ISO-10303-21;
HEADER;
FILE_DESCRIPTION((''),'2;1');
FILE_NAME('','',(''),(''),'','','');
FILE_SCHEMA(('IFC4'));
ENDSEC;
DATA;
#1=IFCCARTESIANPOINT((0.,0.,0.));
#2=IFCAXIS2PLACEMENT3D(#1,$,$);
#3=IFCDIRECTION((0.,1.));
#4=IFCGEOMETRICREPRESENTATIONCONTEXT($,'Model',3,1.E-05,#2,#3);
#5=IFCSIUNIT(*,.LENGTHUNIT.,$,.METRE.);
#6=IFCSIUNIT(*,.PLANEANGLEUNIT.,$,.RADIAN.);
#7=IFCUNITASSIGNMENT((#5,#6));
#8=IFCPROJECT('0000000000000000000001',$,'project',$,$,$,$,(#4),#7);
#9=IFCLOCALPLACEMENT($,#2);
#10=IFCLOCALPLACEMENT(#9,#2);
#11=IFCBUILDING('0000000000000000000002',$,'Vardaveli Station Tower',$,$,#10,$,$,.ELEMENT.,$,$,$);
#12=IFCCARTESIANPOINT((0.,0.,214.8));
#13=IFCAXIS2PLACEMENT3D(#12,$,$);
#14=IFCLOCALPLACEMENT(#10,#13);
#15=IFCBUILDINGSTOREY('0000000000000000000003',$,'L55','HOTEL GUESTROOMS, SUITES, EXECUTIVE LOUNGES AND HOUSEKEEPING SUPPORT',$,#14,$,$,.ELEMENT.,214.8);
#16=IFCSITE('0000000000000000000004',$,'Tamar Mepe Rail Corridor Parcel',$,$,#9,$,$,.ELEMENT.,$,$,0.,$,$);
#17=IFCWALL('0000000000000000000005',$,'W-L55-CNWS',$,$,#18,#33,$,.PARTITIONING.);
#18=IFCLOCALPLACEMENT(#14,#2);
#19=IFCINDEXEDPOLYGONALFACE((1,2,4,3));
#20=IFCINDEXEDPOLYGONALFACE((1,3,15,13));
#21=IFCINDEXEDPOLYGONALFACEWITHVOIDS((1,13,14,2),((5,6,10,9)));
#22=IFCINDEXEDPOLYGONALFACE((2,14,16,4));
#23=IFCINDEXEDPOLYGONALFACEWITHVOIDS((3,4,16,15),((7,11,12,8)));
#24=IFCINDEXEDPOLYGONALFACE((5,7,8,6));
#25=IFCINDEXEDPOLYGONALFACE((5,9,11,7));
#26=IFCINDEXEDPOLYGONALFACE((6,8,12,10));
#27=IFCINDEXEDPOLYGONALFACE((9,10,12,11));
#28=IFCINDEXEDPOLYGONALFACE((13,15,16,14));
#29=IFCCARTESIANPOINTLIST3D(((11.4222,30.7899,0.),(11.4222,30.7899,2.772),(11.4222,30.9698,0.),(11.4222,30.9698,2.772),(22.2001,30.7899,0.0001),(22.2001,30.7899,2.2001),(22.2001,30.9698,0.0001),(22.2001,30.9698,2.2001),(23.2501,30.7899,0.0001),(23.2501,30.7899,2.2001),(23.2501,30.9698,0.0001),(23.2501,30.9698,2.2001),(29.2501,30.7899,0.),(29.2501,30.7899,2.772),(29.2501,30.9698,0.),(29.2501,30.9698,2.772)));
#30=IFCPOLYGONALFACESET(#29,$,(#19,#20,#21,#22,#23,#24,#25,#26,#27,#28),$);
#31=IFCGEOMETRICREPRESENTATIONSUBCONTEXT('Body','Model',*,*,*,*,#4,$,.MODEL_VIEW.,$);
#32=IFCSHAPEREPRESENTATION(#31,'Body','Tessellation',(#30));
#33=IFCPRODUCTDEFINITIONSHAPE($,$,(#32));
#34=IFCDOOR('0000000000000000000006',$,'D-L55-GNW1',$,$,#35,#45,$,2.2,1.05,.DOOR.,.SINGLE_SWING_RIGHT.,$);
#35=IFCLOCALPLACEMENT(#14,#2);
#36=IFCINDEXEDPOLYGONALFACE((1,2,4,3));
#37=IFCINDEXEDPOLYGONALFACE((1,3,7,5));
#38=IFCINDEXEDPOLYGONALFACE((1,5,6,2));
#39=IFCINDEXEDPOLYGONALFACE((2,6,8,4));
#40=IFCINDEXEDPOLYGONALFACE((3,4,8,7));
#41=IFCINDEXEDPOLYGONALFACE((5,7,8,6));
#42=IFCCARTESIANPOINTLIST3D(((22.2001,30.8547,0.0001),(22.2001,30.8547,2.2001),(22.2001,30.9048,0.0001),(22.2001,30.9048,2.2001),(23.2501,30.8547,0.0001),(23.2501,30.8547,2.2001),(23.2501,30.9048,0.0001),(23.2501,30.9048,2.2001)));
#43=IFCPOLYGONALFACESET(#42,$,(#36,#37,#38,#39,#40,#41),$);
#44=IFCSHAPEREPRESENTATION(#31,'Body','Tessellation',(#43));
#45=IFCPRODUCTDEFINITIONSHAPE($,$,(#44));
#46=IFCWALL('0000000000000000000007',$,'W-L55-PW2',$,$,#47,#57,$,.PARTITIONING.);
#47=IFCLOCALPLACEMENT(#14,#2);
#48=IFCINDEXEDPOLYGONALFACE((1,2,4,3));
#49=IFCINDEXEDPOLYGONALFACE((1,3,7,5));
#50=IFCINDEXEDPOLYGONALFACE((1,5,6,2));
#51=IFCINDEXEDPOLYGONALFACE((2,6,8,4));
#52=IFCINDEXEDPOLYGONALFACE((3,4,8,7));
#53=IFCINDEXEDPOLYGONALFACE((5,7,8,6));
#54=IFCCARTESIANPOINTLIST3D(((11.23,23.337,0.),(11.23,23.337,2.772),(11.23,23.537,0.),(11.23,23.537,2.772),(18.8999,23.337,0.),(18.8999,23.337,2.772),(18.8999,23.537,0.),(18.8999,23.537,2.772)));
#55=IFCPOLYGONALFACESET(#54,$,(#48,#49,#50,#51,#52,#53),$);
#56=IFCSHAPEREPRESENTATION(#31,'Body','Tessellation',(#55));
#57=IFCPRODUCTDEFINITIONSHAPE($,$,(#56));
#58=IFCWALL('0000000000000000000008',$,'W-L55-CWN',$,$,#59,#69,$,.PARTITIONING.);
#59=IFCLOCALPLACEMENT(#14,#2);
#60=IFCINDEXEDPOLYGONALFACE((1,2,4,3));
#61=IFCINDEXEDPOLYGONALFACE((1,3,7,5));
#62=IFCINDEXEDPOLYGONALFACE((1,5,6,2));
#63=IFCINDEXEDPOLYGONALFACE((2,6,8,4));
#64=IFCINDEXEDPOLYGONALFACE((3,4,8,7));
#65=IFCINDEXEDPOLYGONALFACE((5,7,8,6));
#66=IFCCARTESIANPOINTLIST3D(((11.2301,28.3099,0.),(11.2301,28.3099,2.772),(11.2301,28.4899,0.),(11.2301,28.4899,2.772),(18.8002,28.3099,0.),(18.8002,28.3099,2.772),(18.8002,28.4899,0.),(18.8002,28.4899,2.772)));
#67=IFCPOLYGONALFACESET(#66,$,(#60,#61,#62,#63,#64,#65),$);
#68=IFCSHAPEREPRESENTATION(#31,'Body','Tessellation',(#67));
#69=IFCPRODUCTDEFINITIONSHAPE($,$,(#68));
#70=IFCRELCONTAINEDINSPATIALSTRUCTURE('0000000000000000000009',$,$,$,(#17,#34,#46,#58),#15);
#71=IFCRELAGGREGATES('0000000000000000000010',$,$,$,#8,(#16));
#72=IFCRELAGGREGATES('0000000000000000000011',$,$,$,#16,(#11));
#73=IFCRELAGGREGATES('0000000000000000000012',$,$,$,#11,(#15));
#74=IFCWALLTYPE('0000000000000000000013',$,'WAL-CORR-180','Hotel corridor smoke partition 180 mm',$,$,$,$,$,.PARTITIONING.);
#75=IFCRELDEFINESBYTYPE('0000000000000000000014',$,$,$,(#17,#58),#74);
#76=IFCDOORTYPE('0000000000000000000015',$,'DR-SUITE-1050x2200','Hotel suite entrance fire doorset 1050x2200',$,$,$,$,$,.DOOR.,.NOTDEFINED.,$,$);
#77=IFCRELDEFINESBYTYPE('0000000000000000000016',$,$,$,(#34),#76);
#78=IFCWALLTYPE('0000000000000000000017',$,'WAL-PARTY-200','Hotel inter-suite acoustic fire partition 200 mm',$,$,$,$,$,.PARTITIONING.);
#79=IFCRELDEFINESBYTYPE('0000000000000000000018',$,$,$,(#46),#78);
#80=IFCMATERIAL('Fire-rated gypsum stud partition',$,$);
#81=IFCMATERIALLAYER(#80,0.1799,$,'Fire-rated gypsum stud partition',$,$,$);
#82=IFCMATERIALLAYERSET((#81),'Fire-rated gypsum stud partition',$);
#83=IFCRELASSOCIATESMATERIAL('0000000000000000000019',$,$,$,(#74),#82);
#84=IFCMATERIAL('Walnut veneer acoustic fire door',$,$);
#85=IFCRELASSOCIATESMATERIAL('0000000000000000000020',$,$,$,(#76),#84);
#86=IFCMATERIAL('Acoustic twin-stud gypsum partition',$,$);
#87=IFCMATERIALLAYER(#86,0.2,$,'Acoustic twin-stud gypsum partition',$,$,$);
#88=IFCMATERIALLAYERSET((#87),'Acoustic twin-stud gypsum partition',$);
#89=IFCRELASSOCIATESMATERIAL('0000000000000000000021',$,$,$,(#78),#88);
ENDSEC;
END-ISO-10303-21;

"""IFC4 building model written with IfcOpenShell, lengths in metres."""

from ifc_helpers import new_model, si_unit, direction, frame, frame_2d, origin, place, context, subcontext, project, spatial, rectangle, extrude, source, transform, mapped, material, layer, layer_set, type_object, element, fill, save


model = new_model("IFC4")

# Units and contexts
model_context = context("Model", 3, precision=1e-05, world=origin(), true_north=direction((0.0, 1.0)))
body_context = subcontext(model_context, "Body", "Model", "MODEL_VIEW")
ifc_project = project(units=[si_unit("LENGTHUNIT", "METRE"), si_unit("PLANEANGLEUNIT", "RADIAN")], contexts=[model_context])

# Site, building, storey
site_placement = place(None, origin())
site = spatial("IfcSite", under=ifc_project, at=site_placement, Name="Tamar Mepe Rail Corridor Parcel", CompositionType="ELEMENT", RefElevation=0.0)
building_placement = place(site_placement, origin())
building = spatial("IfcBuilding", under=site, at=building_placement, Name="Vardaveli Station Tower", CompositionType="ELEMENT")
storey_placement = place(building_placement, frame((0.0, 0.0, 214.8)))
storey = spatial("IfcBuildingStorey", under=building, at=storey_placement, Name="L55", Description="HOTEL GUESTROOMS, SUITES, EXECUTIVE LOUNGES AND HOUSEKEEPING SUPPORT", CompositionType="ELEMENT", Elevation=214.8)

# Wall, opening, door
ifc_material_1 = material(Name="Fire-rated gypsum stud partition")
ifc_layer_1 = layer(ifc_material_1, 0.1799, Name="Fire-rated gypsum stud partition")
ifc_layer_set_1 = layer_set([ifc_layer_1], Name="Fire-rated gypsum stud partition")
wall_type_1 = type_object("IfcWallType", Name="WAL-CORR-180", Description="Hotel corridor smoke partition 180 mm", PredefinedType="PARTITIONING", material=ifc_layer_set_1)
shared_shape_1 = source(origin(), body_context, "Body", "SweptSolid", [
    extrude(rectangle(XDim=17.8279, YDim=0.1799, at=frame_2d((8.9141, 0.0))), origin(), (0.0, 0.0, 1.0), 2.772),
])
wall_1_placement = place(storey_placement, frame((11.4221, 30.8799, 0.0), z_axis=(0.0, 0.0, 1.0), x_axis=(1.0, 0.0, 0.0)))
wall_1 = element("IfcWall", 1, at=wall_1_placement, inside=storey, type_object=wall_type_1, Name="W-L55-CNWS", PredefinedType="PARTITIONING", context=body_context, shape_type="MappedRepresentation", body=[
    mapped(shared_shape_1, transform((0.0, 0.0, 0.0), scale=1.0)),
])
shared_shape_2 = source(origin(), body_context, "Body", "SweptSolid", [
    extrude(rectangle(XDim=1.05, YDim=2.2, at=frame_2d((0.5249, 1.1001))), frame((0.0, 0.1001, 0.0), z_axis=(0.0, -1.0, 0.0), x_axis=(1.0, 0.0, 0.0)), (0.0, 0.0, 1.0), 0.2),
])
opening_placement = place(wall_1_placement, frame((10.7781, 0.0, 0.0)))
opening = element("IfcOpeningElement", 2, at=opening_placement, cuts=wall_1, PredefinedType="OPENING", context=body_context, shape_type="MappedRepresentation", body=[
    mapped(shared_shape_2, transform((0.0, 0.0, 0.0), scale=1.0)),
])
ifc_material_2 = material(Name="Walnut veneer acoustic fire door")
door_type = type_object("IfcDoorType", Name="DR-SUITE-1050x2200", Description="Hotel suite entrance fire doorset 1050x2200", OperationType="NOTDEFINED", PredefinedType="DOOR", material=ifc_material_2)
shared_shape_3 = source(origin(), body_context, "Body", "SweptSolid", [
    extrude(rectangle(XDim=1.05, YDim=2.2, at=frame_2d((0.5249, 1.1001))), frame((0.0, 0.0249, 0.0), z_axis=(0.0, -1.0, 0.0), x_axis=(1.0, 0.0, 0.0)), (0.0, 0.0, 1.0), 0.05),
])
door_placement = place(opening_placement, origin())
door = element("IfcDoor", 3, at=door_placement, inside=storey, type_object=door_type, Name="D-L55-GNW1", OperationType="SINGLE_SWING_RIGHT", OverallHeight=2.2, OverallWidth=1.05, PredefinedType="DOOR", context=body_context, shape_type="MappedRepresentation", body=[
    mapped(shared_shape_3, transform((0.0, 0.0, 0.0), scale=1.0)),
])
fill(opening, door)

# Walls
ifc_material_3 = material(Name="Acoustic twin-stud gypsum partition")
ifc_layer_2 = layer(ifc_material_3, 0.2, Name="Acoustic twin-stud gypsum partition")
ifc_layer_set_2 = layer_set([ifc_layer_2], Name="Acoustic twin-stud gypsum partition")
wall_type_2 = type_object("IfcWallType", Name="WAL-PARTY-200", Description="Hotel inter-suite acoustic fire partition 200 mm", PredefinedType="PARTITIONING", material=ifc_layer_set_2)
shared_shape_4 = source(origin(), body_context, "Body", "SweptSolid", [
    extrude(rectangle(XDim=7.6699, YDim=0.2, at=frame_2d((3.835, 0.0))), origin(), (0.0, 0.0, 1.0), 2.772),
])
wall_2_placement = place(storey_placement, frame((11.23, 23.437, 0.0), z_axis=(0.0, 0.0, 1.0), x_axis=(1.0, 0.0, 0.0)))
element("IfcWall", 4, at=wall_2_placement, inside=storey, type_object=wall_type_2, Name="W-L55-PW2", PredefinedType="PARTITIONING", context=body_context, shape_type="MappedRepresentation", body=[
    mapped(shared_shape_4, transform((0.0, 0.0, 0.0), scale=1.0)),
])
shared_shape_5 = source(origin(), body_context, "Body", "SweptSolid", [
    extrude(rectangle(XDim=7.5701, YDim=0.1799, at=frame_2d((3.7852, 0.0))), origin(), (0.0, 0.0, 1.0), 2.772),
])
wall_3_placement = place(storey_placement, frame((11.23, 28.3999, 0.0), z_axis=(0.0, 0.0, 1.0), x_axis=(1.0, 0.0, 0.0)))
element("IfcWall", 5, at=wall_3_placement, inside=storey, type_object=wall_type_1, Name="W-L55-CWN", PredefinedType="PARTITIONING", context=body_context, shape_type="MappedRepresentation", body=[
    mapped(shared_shape_5, transform((0.0, 0.0, 0.0), scale=1.0)),
])

save(model, "model.ifc")
